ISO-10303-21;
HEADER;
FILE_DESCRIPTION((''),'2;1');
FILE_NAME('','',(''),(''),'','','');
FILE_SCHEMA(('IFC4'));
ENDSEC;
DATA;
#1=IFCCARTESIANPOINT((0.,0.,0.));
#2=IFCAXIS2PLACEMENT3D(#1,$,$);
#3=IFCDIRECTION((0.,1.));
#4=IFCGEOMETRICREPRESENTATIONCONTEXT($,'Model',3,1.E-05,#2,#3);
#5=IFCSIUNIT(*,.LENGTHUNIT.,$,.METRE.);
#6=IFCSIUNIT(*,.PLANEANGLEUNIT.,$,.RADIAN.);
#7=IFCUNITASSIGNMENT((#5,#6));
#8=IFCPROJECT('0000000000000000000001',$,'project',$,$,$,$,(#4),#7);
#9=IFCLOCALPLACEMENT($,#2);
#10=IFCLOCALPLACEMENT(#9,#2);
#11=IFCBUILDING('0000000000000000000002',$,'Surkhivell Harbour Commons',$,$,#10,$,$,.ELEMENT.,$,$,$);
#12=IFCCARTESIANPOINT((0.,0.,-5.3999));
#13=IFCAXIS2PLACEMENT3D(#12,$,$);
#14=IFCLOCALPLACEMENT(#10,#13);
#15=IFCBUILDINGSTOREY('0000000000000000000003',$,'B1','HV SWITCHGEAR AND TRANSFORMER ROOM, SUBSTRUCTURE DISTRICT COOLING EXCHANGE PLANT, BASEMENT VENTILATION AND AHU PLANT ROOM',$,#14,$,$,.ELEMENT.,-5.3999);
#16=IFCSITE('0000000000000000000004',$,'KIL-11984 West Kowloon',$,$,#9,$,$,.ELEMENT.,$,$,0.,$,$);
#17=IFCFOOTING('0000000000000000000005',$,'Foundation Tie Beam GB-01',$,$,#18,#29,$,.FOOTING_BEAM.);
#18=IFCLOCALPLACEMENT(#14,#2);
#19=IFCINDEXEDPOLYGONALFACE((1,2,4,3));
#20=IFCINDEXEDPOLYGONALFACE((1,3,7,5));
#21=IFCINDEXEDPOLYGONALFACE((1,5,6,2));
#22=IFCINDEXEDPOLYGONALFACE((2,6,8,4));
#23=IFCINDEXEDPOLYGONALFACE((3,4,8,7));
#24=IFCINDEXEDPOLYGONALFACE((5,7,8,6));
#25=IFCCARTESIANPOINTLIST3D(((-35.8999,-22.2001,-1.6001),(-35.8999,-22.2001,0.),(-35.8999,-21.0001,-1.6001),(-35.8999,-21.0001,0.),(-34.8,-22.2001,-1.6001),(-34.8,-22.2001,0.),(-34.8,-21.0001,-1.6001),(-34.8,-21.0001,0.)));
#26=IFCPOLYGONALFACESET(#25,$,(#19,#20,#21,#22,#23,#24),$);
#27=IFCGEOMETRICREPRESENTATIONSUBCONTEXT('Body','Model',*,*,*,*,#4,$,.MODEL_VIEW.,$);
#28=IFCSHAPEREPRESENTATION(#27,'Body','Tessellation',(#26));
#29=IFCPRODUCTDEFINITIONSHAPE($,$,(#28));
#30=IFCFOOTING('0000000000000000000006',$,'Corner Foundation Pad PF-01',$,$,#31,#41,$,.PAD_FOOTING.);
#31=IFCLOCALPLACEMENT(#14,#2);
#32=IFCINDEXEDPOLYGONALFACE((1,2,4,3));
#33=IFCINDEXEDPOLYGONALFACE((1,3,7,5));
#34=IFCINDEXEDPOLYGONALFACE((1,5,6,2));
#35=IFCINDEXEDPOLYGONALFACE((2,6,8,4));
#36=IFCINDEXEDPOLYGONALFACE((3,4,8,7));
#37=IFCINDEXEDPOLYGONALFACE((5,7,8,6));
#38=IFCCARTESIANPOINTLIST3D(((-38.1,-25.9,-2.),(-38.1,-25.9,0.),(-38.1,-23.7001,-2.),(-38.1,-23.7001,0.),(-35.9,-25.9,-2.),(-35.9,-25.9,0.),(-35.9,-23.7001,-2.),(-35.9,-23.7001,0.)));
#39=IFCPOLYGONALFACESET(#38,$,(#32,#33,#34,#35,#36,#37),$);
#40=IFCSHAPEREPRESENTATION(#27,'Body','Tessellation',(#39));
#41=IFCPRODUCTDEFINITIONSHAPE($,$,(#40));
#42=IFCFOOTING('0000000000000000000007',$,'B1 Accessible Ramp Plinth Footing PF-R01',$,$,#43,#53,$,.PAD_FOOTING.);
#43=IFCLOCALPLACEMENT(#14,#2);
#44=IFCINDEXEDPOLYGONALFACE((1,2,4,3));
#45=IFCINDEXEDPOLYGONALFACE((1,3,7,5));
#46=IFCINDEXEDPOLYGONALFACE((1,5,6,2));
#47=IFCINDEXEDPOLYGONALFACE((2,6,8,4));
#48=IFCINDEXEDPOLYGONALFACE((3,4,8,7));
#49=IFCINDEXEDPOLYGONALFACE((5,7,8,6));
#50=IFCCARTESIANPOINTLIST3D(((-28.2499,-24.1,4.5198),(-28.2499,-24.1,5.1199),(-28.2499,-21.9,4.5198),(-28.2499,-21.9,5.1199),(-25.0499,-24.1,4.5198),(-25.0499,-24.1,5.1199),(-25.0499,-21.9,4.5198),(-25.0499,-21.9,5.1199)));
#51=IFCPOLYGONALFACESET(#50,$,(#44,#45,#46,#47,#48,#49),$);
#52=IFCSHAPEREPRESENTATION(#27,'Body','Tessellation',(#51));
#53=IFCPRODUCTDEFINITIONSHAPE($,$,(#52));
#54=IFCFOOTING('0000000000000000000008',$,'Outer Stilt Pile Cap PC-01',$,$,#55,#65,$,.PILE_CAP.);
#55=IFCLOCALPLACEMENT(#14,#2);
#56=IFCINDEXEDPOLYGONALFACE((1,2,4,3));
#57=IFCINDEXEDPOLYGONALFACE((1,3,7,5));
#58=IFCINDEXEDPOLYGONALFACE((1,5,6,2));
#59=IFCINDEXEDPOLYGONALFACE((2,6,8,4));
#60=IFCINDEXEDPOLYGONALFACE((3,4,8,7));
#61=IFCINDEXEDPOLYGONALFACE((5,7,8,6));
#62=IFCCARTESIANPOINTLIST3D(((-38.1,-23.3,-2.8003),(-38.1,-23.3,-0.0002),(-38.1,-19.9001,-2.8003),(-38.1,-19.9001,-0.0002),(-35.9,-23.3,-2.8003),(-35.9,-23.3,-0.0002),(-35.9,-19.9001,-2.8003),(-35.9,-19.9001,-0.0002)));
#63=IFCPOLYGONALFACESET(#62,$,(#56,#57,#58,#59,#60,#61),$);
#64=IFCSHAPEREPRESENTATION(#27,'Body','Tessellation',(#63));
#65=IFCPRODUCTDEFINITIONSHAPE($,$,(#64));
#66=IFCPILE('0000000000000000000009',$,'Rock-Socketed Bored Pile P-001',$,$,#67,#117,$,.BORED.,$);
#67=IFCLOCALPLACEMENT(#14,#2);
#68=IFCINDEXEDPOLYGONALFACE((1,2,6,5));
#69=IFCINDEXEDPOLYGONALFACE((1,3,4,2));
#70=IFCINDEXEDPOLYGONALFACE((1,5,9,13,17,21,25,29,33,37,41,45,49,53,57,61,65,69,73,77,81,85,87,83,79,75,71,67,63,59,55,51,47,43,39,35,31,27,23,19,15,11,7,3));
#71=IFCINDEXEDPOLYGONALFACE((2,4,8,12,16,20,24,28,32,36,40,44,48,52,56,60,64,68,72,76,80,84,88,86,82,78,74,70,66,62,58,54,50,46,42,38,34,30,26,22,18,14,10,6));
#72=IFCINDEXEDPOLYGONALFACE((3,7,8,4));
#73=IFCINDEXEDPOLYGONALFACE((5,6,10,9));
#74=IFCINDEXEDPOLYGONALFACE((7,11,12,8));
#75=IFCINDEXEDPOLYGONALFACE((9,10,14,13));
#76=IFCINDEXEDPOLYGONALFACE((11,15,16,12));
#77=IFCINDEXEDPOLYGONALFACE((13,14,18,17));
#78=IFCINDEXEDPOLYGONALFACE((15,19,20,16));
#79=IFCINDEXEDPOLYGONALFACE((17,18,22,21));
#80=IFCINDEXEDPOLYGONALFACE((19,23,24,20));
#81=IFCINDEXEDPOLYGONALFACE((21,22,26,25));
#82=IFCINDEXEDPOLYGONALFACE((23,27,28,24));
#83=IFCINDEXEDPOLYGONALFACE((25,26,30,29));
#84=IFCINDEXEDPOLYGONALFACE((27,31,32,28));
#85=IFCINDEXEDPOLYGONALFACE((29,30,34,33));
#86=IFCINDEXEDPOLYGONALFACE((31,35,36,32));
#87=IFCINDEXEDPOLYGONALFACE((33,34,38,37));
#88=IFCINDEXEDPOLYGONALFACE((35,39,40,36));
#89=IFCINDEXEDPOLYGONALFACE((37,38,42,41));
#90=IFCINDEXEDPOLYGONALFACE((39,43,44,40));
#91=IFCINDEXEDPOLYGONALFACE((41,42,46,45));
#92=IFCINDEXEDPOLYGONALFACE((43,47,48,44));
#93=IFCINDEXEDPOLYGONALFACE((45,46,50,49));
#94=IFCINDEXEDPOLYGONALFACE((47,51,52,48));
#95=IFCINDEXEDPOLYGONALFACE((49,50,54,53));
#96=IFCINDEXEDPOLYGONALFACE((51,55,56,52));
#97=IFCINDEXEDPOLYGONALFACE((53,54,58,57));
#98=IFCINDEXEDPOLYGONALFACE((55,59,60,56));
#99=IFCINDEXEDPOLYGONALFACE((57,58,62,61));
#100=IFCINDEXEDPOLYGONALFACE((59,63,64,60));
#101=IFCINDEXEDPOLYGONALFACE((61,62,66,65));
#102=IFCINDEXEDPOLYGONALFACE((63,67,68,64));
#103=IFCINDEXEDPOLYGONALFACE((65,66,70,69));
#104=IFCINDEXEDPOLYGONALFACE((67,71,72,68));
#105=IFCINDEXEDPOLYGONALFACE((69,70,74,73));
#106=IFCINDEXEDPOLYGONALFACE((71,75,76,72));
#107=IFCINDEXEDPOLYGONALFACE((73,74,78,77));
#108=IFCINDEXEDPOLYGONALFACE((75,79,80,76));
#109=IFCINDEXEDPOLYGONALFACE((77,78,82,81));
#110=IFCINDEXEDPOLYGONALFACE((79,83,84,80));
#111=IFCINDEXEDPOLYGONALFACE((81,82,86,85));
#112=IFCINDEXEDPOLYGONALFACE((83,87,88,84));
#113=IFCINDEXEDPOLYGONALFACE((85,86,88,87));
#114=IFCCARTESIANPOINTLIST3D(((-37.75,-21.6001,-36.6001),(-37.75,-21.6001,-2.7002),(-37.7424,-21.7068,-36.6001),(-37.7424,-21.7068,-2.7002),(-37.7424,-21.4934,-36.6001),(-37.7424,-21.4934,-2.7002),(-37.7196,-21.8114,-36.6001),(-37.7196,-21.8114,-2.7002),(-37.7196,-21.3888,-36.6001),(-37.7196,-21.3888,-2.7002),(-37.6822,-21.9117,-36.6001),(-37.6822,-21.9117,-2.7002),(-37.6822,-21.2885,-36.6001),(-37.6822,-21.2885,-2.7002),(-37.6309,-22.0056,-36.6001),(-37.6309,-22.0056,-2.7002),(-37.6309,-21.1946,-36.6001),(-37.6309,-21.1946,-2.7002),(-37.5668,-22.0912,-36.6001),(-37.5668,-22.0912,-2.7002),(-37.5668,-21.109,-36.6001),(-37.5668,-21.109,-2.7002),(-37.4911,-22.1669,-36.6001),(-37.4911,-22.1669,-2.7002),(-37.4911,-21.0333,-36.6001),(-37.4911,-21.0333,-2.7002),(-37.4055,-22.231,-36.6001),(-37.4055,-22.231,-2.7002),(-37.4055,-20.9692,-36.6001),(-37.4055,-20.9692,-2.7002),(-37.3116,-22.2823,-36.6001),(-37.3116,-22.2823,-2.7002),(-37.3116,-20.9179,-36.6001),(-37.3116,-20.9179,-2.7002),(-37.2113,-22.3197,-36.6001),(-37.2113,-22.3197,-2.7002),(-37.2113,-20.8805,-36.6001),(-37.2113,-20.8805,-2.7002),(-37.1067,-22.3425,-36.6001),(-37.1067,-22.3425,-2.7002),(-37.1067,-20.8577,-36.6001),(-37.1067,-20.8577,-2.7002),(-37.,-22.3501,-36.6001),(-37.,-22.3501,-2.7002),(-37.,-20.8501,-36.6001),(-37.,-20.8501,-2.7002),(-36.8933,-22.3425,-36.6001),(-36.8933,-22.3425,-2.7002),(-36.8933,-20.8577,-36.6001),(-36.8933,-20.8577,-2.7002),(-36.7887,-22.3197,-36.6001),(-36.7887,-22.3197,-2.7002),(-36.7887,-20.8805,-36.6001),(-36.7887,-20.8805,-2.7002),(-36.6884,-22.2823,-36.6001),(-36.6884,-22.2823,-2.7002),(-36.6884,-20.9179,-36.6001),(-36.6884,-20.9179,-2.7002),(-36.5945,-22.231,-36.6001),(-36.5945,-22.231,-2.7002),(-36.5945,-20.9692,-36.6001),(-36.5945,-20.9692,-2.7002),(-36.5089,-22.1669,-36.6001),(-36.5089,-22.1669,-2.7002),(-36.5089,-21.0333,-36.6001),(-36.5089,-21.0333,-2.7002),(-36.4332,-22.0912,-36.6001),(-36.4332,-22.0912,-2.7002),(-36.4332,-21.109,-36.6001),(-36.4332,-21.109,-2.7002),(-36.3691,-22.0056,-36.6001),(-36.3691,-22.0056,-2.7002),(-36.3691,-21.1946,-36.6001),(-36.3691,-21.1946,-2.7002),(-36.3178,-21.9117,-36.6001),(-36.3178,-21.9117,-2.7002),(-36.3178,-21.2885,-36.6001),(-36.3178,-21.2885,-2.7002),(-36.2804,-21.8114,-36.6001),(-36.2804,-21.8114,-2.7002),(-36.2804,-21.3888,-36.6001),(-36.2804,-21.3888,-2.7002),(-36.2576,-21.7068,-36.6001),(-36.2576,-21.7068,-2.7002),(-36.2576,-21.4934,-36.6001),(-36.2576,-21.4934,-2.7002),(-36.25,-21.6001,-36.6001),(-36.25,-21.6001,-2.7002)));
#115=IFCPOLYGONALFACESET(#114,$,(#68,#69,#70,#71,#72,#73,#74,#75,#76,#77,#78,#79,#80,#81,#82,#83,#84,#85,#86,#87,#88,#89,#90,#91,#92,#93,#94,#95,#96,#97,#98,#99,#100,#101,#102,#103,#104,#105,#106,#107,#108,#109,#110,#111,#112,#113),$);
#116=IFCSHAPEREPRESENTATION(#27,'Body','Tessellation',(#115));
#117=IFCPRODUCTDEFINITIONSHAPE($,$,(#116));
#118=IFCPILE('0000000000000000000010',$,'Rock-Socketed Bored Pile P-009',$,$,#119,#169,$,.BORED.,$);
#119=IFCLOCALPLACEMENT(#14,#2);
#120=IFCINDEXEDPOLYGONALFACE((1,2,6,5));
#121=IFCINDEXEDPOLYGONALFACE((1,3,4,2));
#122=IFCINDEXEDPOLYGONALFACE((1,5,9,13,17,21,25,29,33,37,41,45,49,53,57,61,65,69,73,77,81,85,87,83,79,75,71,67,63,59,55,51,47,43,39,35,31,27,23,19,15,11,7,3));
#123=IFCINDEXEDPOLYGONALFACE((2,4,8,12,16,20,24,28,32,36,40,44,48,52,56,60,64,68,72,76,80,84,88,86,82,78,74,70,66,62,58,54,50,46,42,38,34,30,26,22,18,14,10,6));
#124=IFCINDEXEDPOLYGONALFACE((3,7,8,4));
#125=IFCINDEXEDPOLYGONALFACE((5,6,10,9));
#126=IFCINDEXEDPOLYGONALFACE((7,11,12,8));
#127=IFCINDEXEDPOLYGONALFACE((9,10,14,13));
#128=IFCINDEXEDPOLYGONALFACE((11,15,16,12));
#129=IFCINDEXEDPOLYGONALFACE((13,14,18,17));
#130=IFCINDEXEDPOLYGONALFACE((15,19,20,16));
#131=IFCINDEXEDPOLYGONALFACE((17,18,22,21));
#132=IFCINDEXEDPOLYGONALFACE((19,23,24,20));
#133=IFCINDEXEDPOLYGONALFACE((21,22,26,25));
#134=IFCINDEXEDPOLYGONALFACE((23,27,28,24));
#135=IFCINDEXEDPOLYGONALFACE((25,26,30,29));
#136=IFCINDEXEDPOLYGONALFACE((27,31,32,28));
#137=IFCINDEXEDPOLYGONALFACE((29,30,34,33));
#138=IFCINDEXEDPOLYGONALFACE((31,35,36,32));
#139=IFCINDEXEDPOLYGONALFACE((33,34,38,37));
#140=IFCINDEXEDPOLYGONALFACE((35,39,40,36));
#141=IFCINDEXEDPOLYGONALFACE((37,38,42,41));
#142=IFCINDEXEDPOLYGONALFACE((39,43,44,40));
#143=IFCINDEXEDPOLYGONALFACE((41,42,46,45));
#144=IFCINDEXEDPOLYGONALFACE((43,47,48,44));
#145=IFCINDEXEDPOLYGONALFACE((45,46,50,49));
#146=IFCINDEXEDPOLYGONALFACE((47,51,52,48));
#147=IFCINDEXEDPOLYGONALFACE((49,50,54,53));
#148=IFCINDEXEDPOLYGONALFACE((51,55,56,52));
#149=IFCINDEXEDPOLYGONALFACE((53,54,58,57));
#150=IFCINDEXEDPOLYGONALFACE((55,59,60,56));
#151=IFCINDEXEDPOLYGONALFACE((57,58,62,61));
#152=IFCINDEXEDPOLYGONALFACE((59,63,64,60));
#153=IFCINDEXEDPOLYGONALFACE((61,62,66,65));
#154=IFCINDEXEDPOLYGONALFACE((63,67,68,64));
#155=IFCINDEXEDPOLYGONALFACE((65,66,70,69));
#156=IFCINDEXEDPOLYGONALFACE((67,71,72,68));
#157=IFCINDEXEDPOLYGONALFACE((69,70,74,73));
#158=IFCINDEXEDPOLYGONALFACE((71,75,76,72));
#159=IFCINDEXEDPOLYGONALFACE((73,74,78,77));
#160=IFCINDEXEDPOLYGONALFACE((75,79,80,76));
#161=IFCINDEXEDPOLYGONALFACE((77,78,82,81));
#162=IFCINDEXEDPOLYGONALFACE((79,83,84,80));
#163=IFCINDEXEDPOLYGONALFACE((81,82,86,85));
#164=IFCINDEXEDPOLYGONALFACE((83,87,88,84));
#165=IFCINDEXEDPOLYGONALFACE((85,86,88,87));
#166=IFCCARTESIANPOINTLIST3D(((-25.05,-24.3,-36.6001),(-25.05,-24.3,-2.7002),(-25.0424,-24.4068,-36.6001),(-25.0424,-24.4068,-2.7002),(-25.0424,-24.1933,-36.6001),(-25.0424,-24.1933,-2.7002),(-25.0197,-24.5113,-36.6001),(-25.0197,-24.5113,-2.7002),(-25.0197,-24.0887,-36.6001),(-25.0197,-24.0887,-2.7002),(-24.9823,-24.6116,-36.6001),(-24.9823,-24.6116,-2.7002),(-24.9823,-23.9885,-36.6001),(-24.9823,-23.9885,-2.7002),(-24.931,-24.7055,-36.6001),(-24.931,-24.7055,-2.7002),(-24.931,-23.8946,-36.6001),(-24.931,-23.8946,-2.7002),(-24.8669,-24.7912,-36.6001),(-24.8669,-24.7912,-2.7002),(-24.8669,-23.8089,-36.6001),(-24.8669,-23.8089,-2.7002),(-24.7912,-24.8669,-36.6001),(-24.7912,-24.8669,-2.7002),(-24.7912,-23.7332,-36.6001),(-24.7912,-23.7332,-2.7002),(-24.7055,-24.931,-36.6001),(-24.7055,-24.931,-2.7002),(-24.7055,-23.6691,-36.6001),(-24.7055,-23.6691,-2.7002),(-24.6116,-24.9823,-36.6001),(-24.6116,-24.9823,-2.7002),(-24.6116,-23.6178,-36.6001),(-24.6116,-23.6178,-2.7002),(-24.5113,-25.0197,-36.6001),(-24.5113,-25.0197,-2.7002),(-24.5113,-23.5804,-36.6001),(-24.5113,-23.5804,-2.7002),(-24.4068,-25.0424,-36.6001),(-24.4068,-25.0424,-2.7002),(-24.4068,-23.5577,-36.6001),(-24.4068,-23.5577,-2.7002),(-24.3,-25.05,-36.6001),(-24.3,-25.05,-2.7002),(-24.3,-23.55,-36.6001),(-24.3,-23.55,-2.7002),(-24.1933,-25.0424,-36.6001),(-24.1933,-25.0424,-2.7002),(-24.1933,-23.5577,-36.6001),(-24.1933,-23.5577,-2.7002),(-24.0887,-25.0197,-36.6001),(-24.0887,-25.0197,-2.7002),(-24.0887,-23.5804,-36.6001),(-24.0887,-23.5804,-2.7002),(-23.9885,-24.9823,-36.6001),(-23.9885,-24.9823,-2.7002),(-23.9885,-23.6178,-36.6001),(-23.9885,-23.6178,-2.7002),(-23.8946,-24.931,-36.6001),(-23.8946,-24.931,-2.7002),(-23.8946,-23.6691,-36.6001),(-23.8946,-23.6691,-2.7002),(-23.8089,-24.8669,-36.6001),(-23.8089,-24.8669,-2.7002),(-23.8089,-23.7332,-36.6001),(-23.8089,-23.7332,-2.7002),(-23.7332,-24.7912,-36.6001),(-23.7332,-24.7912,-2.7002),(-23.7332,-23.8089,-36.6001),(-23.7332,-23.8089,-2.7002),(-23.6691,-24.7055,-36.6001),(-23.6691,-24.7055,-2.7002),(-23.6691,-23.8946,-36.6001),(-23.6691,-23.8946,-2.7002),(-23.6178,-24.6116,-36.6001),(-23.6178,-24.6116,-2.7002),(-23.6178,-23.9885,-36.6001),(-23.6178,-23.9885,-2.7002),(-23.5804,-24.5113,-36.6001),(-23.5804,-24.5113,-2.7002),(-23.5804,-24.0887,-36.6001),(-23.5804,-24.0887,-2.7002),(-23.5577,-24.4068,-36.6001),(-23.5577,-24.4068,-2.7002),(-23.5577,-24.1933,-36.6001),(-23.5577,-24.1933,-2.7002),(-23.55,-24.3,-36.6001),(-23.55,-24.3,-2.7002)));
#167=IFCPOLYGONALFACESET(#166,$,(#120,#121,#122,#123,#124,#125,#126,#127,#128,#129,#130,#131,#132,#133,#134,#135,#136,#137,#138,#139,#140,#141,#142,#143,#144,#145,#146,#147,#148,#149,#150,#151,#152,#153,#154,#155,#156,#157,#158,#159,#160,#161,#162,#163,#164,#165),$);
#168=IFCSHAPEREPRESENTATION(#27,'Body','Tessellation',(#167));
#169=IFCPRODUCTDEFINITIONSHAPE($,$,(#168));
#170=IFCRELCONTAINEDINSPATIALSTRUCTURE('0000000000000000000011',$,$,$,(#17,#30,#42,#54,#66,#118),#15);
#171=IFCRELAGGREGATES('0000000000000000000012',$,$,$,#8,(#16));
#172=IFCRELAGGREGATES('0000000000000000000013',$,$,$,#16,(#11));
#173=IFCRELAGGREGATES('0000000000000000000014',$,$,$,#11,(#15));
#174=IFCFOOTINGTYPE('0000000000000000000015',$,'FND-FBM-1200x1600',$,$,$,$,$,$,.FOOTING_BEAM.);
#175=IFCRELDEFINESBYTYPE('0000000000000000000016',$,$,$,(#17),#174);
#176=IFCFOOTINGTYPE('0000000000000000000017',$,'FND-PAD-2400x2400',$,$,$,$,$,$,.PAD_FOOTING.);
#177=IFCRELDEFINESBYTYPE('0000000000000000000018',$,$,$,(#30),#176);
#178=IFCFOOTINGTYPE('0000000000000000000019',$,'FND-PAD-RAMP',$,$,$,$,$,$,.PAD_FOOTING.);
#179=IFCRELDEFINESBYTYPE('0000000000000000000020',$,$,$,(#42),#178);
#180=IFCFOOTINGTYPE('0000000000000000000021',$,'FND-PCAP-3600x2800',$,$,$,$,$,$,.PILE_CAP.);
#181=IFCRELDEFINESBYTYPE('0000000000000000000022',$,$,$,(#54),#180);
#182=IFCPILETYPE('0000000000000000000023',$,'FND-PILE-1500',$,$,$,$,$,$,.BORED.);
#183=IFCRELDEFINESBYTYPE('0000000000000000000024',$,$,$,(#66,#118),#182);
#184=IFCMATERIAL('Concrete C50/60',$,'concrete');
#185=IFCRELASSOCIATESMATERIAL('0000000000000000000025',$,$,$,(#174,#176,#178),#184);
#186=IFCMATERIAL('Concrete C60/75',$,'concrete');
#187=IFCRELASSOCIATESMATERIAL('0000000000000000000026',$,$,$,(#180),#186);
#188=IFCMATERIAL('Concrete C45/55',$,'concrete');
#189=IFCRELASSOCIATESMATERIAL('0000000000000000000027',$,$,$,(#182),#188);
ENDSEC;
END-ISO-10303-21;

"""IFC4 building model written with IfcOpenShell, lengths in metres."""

from ifc_helpers import new_model, si_unit, direction, frame, origin, origin_2d, place, context, subcontext, project, spatial, rectangle, circle, extrude, material, material_profile, profile_set, type_object, element, save


model = new_model("IFC4")

# Units and contexts
model_context = context("Model", 3, precision=1e-05, world=origin(), true_north=direction((0.0, 1.0)))
body_context = subcontext(model_context, "Body", "Model", "MODEL_VIEW")
ifc_project = project(units=[si_unit("LENGTHUNIT", "METRE"), si_unit("PLANEANGLEUNIT", "RADIAN")], contexts=[model_context])

# Site, building, storey
site_placement = place(None, origin())
site = spatial("IfcSite", under=ifc_project, at=site_placement, Name="KIL-11984 West Kowloon", CompositionType="ELEMENT", RefElevation=0.0)
building_placement = place(site_placement, origin())
building = spatial("IfcBuilding", under=site, at=building_placement, Name="Surkhivell Harbour Commons", CompositionType="ELEMENT")
storey_placement = place(building_placement, frame((0.0, 0.0, -5.3999)))
storey = spatial("IfcBuildingStorey", under=building, at=storey_placement, Name="B1", Description="HV SWITCHGEAR AND TRANSFORMER ROOM, SUBSTRUCTURE DISTRICT COOLING EXCHANGE PLANT, BASEMENT VENTILATION AND AHU PLANT ROOM", CompositionType="ELEMENT", Elevation=-5.3999)

# Footings
ifc_material_1 = material(Name="Concrete C50/60", Category="concrete")
ifc_material_profile_1 = material_profile(ifc_material_1, rectangle(XDim=1.2, YDim=1.6001, at=origin_2d()), Name="RC-FBM-1200x1600")
ifc_profile_set_1 = profile_set([ifc_material_profile_1], Name="Concrete C50/60")
footing_type_1 = type_object("IfcFootingType", Name="FND-FBM-1200x1600", PredefinedType="FOOTING_BEAM", material=ifc_profile_set_1)
footing_1_placement = place(storey_placement, frame((-35.8999, -21.6001, -0.8), z_axis=(1.0, 0.0, 0.0), x_axis=(0.0, 1.0, 0.0)))
element("IfcFooting", 1, at=footing_1_placement, inside=storey, type_object=footing_type_1, Name="Foundation Tie Beam GB-01", PredefinedType="FOOTING_BEAM", context=body_context, shape_type="SweptSolid", body=[
    extrude(rectangle(XDim=1.2, YDim=1.6001, at=origin_2d()), origin(), (0.0, 0.0, 1.0), 1.0999),
])
footing_type_2 = type_object("IfcFootingType", Name="FND-PAD-2400x2400", PredefinedType="PAD_FOOTING", material=ifc_material_1)
footing_2_placement = place(storey_placement, frame((-37.0, -24.8, -2.0), z_axis=(0.0, 0.0, 1.0), x_axis=(1.0, 0.0, 0.0)))
element("IfcFooting", 2, at=footing_2_placement, inside=storey, type_object=footing_type_2, Name="Corner Foundation Pad PF-01", PredefinedType="PAD_FOOTING", context=body_context, shape_type="SweptSolid", body=[
    extrude(rectangle(XDim=2.2, YDim=2.2, at=origin_2d()), origin(), (0.0, 0.0, 1.0), 2.0),
])
footing_type_3 = type_object("IfcFootingType", Name="FND-PAD-RAMP", PredefinedType="PAD_FOOTING", material=ifc_material_1)
footing_3_placement = place(storey_placement, frame((-26.6499, -23.0, 4.5198), z_axis=(0.0, 0.0, 1.0), x_axis=(1.0, 0.0, 0.0)))
element("IfcFooting", 3, at=footing_3_placement, inside=storey, type_object=footing_type_3, Name="B1 Accessible Ramp Plinth Footing PF-R01", PredefinedType="PAD_FOOTING", context=body_context, shape_type="SweptSolid", body=[
    extrude(rectangle(XDim=3.2, YDim=2.2, at=origin_2d()), origin(), (0.0, 0.0, 1.0), 0.6001),
])
ifc_material_2 = material(Name="Concrete C60/75", Category="concrete")
footing_type_4 = type_object("IfcFootingType", Name="FND-PCAP-3600x2800", PredefinedType="PILE_CAP", material=ifc_material_2)
footing_4_placement = place(storey_placement, frame((-37.0, -21.6001, -2.8003), z_axis=(0.0, 0.0, 1.0), x_axis=(1.0, 0.0, 0.0)))
element("IfcFooting", 4, at=footing_4_placement, inside=storey, type_object=footing_type_4, Name="Outer Stilt Pile Cap PC-01", PredefinedType="PILE_CAP", context=body_context, shape_type="SweptSolid", body=[
    extrude(rectangle(XDim=2.2, YDim=3.3999, at=origin_2d()), origin(), (0.0, 0.0, 1.0), 2.8),
])

# Piles
ifc_material_3 = material(Name="Concrete C45/55", Category="concrete")
ifc_material_profile_2 = material_profile(ifc_material_3, circle(Radius=0.75, at=origin_2d()), Name="PILE-1500")
ifc_profile_set_2 = profile_set([ifc_material_profile_2], Name="Concrete C45/55")
pile_type_1 = type_object("IfcPileType", Name="FND-PILE-1500", PredefinedType="BORED", material=ifc_profile_set_2)
for number, where, z_axis, x_axis, name in (
    (5, (-37.0, -21.6001, -2.7002), (0.0, 0.0, -1.0), (1.0, 0.0, 0.0), "Rock-Socketed Bored Pile P-001"),
    (6, (-24.3, -24.3, -2.7002), (0.0, 0.0, -1.0), (1.0, 0.0, 0.0), "Rock-Socketed Bored Pile P-009"),
):
    element("IfcPile", number, at=place(storey_placement, frame(where, z_axis=z_axis, x_axis=x_axis)), inside=storey, type_object=pile_type_1, Name=name, PredefinedType="BORED", context=body_context, shape_type="SweptSolid", body=[
        extrude(circle(Radius=0.75, at=origin_2d()), origin(), (0.0, 0.0, 1.0), 33.8999),
    ])

save(model, "model.ifc")
